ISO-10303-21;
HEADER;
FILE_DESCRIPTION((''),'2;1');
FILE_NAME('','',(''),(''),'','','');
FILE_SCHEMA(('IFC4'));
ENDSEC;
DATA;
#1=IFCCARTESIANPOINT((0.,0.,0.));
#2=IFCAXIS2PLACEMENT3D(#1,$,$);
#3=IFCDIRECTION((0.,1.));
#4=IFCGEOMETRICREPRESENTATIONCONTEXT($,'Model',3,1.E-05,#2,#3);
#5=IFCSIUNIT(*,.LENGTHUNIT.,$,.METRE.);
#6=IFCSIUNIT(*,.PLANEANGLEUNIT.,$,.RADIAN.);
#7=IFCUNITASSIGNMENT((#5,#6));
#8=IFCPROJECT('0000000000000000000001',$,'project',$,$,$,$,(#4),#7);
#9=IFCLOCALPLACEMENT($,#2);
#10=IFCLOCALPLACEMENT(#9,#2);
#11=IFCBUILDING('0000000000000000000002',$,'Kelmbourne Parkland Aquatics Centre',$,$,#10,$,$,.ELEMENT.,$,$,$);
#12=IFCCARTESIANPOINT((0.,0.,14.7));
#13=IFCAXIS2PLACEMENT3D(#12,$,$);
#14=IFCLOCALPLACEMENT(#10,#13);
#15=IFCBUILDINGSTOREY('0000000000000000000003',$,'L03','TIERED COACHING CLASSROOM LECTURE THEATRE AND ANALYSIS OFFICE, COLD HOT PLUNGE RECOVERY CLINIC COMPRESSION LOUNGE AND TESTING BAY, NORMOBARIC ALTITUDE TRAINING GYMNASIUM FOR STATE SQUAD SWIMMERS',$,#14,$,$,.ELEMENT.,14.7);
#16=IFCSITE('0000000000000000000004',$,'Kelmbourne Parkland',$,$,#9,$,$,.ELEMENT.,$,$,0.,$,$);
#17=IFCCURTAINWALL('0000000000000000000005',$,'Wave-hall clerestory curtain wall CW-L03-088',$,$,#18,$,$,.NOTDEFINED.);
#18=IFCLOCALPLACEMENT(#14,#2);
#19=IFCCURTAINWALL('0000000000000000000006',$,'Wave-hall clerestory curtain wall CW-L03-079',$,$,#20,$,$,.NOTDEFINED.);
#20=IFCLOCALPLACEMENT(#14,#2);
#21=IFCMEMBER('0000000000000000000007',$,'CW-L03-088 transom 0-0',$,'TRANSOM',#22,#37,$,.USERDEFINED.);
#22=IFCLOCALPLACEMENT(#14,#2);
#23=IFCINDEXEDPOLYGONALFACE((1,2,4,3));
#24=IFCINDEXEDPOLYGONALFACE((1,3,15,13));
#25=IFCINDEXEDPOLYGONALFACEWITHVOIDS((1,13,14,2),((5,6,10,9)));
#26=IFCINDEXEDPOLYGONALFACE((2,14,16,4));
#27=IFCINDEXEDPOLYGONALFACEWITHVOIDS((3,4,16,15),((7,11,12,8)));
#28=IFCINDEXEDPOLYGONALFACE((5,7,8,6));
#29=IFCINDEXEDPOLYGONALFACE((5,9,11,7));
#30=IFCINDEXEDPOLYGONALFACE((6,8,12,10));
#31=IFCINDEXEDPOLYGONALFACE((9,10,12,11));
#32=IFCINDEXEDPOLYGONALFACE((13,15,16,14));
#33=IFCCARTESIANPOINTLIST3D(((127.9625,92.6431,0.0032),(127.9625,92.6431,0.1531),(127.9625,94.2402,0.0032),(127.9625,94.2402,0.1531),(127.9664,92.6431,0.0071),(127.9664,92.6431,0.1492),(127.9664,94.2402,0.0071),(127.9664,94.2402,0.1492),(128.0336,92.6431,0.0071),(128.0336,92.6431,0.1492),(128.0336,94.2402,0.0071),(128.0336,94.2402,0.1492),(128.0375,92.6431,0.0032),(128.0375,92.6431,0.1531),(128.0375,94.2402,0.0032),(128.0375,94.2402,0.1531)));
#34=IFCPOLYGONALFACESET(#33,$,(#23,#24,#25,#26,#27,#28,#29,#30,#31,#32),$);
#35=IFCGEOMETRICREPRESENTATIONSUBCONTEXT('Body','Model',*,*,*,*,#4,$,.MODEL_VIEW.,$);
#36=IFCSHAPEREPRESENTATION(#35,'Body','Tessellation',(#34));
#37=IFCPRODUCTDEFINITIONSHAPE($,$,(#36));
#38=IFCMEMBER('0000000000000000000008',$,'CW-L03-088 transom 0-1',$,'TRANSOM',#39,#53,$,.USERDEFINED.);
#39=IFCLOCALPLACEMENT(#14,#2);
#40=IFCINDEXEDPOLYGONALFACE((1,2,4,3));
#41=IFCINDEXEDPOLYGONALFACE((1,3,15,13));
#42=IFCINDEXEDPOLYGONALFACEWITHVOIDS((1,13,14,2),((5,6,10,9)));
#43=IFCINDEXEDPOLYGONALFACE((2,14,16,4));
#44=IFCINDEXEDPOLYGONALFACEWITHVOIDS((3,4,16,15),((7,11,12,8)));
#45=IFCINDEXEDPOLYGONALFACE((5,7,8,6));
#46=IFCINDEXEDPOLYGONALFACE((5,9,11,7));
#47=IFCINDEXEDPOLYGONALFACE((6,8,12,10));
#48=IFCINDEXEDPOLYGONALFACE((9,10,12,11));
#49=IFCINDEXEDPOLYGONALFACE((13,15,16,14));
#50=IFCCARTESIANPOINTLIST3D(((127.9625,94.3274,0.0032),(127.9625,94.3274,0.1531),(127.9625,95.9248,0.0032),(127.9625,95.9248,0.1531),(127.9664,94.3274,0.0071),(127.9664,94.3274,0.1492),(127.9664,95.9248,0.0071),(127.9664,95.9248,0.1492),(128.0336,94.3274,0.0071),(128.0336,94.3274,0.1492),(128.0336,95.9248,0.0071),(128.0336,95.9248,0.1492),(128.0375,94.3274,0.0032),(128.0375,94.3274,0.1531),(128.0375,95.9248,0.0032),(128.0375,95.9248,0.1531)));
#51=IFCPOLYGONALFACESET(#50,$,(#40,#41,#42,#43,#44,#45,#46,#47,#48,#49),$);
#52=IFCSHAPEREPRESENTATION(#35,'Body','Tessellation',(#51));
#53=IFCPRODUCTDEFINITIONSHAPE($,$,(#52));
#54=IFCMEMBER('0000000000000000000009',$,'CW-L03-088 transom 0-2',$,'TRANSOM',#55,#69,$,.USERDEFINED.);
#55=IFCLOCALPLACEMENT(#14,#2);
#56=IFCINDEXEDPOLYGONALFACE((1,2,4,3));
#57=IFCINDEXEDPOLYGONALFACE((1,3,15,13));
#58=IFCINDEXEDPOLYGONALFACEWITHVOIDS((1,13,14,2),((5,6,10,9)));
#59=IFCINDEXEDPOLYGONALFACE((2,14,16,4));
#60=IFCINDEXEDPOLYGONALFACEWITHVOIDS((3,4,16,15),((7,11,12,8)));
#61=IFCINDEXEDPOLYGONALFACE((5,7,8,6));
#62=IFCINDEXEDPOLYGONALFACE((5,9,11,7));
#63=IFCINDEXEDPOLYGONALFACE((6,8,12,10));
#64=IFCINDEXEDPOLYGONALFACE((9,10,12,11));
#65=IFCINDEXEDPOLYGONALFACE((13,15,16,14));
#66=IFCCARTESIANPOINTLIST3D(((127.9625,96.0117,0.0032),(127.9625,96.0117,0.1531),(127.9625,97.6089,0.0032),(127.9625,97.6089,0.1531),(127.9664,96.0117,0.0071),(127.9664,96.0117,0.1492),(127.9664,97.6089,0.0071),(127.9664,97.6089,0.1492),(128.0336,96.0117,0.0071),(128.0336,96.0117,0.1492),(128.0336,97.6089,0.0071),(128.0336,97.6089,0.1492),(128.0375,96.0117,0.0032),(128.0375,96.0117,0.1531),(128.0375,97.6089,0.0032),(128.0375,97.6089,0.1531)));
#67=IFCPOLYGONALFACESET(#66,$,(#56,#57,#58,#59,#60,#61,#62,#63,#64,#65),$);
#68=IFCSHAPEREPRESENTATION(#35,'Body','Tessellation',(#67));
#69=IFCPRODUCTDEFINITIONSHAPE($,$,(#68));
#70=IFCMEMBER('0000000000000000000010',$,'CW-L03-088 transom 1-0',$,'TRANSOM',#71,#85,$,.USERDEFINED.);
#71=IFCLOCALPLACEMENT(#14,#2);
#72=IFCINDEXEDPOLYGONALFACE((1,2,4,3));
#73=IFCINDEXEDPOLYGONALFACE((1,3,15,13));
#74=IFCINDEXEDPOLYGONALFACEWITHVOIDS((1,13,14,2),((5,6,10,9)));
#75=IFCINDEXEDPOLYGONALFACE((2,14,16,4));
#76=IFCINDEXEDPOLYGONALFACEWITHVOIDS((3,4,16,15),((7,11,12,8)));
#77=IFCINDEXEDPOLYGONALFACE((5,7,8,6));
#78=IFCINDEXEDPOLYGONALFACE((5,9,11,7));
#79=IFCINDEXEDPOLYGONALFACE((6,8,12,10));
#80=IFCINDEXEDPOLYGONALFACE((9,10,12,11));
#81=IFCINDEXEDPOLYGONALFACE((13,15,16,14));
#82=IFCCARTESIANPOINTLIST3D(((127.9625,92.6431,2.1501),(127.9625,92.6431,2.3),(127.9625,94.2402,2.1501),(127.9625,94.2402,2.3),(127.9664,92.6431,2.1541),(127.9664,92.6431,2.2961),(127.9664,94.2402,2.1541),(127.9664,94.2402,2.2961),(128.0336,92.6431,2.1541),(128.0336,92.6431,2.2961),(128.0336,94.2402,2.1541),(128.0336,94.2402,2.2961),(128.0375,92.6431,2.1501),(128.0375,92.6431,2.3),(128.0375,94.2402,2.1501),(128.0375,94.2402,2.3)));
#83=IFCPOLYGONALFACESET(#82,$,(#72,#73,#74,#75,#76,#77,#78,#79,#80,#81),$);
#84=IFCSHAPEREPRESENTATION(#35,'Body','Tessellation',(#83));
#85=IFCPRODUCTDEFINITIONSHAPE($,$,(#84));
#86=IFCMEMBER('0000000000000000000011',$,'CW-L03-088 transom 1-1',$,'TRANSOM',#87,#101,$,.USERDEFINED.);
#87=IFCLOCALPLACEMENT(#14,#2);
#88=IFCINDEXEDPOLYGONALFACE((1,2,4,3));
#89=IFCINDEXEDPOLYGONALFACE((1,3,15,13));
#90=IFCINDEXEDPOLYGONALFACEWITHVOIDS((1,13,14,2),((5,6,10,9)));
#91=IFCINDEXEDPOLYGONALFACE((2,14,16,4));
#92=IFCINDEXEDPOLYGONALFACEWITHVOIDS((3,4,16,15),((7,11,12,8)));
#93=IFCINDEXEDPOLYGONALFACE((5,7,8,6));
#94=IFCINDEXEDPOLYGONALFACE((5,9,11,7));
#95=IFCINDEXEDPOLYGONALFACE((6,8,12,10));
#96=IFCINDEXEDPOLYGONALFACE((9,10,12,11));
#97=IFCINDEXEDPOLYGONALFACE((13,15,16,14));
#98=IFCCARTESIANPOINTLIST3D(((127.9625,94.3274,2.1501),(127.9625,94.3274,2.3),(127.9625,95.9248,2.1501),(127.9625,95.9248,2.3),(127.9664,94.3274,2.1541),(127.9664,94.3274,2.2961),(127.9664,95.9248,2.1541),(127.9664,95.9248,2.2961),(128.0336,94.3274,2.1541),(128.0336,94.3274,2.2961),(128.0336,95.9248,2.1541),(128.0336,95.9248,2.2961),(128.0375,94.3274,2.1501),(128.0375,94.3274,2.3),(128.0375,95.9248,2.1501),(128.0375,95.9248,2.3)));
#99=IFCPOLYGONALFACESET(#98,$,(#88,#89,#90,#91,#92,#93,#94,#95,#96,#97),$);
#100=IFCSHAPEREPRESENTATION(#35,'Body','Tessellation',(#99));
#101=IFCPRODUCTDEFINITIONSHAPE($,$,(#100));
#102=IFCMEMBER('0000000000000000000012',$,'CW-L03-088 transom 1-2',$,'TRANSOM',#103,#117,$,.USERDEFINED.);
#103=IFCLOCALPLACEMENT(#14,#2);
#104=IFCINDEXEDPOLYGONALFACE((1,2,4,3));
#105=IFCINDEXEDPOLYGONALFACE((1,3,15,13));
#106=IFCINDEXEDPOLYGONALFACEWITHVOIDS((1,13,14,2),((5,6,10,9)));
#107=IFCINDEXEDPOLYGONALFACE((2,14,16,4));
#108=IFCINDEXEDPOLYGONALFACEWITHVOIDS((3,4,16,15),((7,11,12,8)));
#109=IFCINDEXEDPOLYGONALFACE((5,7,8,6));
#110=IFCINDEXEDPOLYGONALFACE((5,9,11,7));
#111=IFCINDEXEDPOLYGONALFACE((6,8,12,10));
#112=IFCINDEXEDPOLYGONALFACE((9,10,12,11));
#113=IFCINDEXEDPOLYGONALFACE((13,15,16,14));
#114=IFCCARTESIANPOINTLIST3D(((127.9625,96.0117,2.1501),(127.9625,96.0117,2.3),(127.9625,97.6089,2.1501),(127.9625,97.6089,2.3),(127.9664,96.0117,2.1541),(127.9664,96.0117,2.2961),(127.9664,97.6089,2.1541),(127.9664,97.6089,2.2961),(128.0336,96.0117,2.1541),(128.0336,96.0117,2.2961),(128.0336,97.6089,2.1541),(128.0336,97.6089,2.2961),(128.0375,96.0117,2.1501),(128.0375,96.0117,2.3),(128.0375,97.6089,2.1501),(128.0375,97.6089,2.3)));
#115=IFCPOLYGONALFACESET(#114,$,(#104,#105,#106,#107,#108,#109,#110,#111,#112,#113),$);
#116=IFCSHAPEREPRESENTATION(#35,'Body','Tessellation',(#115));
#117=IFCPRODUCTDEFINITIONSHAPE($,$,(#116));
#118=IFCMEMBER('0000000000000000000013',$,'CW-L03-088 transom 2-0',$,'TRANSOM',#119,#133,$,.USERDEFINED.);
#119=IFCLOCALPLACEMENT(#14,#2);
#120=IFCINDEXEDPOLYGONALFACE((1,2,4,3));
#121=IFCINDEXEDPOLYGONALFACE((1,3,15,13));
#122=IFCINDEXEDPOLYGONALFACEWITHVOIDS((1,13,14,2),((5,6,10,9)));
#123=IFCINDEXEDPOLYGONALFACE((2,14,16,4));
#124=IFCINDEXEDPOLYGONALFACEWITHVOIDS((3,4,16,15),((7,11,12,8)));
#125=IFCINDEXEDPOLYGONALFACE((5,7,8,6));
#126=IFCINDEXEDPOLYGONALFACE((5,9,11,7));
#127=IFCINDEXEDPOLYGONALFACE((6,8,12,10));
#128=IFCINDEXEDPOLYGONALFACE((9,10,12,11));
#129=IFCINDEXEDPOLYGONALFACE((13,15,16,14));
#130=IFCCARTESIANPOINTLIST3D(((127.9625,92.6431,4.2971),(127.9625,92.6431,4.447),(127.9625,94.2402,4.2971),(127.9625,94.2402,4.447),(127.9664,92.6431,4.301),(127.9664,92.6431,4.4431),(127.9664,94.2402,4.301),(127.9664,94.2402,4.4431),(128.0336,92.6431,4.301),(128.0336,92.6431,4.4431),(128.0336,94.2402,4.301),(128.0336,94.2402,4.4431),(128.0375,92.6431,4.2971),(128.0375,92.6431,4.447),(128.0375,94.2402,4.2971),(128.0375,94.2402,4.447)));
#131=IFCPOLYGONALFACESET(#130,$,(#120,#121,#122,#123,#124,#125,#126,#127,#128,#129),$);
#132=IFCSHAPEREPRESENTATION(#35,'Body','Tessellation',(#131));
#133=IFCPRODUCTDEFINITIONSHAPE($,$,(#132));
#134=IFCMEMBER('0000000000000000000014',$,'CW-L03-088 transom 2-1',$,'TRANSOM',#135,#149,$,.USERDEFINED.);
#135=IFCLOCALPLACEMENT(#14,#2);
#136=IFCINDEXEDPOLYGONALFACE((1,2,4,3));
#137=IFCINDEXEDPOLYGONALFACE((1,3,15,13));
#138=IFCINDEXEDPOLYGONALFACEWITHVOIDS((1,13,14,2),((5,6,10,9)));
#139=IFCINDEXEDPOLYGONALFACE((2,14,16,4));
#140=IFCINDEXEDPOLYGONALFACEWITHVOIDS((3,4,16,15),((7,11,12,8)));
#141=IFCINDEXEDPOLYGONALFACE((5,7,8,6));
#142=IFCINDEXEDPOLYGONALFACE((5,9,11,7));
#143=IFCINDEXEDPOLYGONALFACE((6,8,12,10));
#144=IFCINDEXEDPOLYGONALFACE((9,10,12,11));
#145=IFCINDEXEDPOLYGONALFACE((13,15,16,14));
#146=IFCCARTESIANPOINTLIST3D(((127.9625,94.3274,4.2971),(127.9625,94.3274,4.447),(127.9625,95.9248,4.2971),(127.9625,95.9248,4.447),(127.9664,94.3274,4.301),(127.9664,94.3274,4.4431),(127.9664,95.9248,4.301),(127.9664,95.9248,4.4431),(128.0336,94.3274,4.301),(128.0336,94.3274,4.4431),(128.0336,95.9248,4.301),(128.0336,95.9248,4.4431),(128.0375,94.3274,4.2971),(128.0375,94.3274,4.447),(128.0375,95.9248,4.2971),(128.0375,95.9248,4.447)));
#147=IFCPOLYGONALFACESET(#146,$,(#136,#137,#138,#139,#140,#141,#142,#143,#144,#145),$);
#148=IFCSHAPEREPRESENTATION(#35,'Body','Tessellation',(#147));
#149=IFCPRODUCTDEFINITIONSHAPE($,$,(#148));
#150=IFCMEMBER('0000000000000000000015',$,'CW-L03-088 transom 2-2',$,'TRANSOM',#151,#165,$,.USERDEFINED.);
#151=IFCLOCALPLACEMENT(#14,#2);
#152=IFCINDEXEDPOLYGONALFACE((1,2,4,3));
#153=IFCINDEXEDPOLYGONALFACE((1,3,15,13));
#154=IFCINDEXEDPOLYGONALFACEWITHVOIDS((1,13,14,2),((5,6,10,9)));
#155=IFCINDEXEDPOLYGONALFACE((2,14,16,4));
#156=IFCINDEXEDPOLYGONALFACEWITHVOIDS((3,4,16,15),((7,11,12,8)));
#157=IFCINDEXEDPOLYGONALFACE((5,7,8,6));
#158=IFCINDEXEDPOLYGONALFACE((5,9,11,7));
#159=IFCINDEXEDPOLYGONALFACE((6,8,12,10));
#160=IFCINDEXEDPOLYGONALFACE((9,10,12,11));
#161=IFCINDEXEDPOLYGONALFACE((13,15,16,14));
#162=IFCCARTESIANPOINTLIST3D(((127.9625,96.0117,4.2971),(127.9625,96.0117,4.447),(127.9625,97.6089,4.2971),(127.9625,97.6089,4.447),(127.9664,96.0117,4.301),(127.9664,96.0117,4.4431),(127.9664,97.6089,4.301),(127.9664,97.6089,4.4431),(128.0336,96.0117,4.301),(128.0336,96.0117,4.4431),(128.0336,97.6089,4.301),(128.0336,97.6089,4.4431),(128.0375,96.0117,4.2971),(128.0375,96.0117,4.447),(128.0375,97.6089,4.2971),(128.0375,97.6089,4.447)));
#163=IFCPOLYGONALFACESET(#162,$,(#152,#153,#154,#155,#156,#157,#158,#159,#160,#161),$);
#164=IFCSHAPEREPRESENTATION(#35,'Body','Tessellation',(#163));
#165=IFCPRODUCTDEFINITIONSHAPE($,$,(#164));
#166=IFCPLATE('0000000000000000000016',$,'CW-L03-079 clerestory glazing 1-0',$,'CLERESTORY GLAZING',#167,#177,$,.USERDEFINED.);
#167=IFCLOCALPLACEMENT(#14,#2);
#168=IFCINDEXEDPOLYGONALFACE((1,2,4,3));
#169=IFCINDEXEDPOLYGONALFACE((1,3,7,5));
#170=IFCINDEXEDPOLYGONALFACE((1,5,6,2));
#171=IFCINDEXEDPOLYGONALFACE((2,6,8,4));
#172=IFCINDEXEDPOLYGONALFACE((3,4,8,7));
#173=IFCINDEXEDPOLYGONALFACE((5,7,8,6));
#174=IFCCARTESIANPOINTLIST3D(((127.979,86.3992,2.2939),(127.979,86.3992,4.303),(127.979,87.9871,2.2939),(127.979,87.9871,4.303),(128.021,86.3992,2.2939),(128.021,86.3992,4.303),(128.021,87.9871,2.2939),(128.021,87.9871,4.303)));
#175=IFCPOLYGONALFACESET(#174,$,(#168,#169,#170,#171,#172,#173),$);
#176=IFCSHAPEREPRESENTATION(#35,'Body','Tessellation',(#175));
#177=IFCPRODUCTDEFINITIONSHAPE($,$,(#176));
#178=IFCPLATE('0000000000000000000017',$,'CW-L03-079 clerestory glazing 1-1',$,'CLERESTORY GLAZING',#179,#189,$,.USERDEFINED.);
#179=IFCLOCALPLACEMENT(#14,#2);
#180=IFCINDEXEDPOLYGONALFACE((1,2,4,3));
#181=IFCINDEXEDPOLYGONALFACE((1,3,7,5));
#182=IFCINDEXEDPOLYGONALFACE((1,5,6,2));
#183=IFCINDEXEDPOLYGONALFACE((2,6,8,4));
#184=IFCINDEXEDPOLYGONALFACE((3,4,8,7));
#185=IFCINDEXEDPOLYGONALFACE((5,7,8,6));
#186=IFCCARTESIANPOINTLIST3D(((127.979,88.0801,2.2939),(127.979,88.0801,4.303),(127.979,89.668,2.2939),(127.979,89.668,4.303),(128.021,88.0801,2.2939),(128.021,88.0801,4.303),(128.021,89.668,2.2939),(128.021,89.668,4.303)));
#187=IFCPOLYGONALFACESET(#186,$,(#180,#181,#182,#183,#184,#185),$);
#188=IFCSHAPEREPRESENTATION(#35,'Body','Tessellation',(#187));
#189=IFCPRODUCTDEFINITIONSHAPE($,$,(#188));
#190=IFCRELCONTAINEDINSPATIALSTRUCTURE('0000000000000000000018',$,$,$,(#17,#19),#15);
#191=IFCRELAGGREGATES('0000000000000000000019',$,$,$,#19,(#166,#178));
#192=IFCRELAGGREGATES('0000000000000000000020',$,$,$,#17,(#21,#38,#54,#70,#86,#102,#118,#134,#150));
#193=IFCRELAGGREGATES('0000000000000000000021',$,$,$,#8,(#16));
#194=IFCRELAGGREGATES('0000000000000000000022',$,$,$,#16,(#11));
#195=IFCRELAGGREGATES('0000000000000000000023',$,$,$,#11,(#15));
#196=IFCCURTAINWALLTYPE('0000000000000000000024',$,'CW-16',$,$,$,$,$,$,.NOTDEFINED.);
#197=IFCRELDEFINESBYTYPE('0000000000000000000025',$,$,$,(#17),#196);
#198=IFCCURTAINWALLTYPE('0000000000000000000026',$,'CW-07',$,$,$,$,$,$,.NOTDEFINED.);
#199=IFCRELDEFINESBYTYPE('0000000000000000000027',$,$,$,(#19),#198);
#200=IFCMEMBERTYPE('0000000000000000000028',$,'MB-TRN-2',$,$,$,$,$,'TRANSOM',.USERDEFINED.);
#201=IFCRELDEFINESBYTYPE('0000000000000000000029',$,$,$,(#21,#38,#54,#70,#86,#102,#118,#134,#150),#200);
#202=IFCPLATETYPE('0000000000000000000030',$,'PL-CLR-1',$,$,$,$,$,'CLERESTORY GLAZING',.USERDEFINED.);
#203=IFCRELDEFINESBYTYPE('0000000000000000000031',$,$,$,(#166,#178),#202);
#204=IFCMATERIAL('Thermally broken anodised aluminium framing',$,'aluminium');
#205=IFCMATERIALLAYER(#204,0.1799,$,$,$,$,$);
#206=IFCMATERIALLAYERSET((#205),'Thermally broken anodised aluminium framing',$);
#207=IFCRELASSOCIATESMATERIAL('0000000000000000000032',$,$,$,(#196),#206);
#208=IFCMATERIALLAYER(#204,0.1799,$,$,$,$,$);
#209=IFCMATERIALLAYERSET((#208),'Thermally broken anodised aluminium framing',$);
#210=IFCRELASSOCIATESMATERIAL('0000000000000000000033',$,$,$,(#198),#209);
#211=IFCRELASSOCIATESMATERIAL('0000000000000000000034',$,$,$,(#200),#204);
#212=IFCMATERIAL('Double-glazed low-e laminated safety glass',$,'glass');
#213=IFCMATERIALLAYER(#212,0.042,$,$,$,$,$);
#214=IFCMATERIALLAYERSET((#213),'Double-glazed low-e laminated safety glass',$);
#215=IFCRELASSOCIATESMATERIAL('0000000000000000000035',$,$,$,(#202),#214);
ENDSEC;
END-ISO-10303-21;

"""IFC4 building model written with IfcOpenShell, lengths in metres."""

from ifc_helpers import new_model, si_unit, direction, frame, origin, origin_2d, place, context, subcontext, project, spatial, rectangle, hollow_rectangle, extrude, material, layer, layer_set, material_profile, profile_set, type_object, element, aggregate, save


model = new_model("IFC4")

# Units and contexts
model_context = context("Model", 3, precision=1e-05, world=origin(), true_north=direction((0.0, 1.0)))
body_context = subcontext(model_context, "Body", "Model", "MODEL_VIEW")
ifc_project = project(units=[si_unit("LENGTHUNIT", "METRE"), si_unit("PLANEANGLEUNIT", "RADIAN")], contexts=[model_context])

# Site, building, storey
site_placement = place(None, origin())
site = spatial("IfcSite", under=ifc_project, at=site_placement, Name="Kelmbourne Parkland", CompositionType="ELEMENT", RefElevation=0.0)
building_placement = place(site_placement, origin())
building = spatial("IfcBuilding", under=site, at=building_placement, Name="Kelmbourne Parkland Aquatics Centre", CompositionType="ELEMENT")
storey_placement = place(building_placement, frame((0.0, 0.0, 14.7)))
storey = spatial("IfcBuildingStorey", under=building, at=storey_placement, Name="L03", Description="TIERED COACHING CLASSROOM LECTURE THEATRE AND ANALYSIS OFFICE, COLD HOT PLUNGE RECOVERY CLINIC COMPRESSION LOUNGE AND TESTING BAY, NORMOBARIC ALTITUDE TRAINING GYMNASIUM FOR STATE SQUAD SWIMMERS", CompositionType="ELEMENT", Elevation=14.7)

# Shared definitions
ifc_material_1 = material(Name="Thermally broken anodised aluminium framing", Category="aluminium")

# Curtain walls
ifc_layer_1 = layer(ifc_material_1, 0.1799)
ifc_layer_set_1 = layer_set([ifc_layer_1], Name="Thermally broken anodised aluminium framing")
curtain_wall_type_1 = type_object("IfcCurtainWallType", Name="CW-16", PredefinedType="NOTDEFINED", material=ifc_layer_set_1)
curtain_wall_1_placement = place(storey_placement, origin())
curtain_wall_1 = element("IfcCurtainWall", 1, at=curtain_wall_1_placement, inside=storey, type_object=curtain_wall_type_1, Name="Wave-hall clerestory curtain wall CW-L03-088", PredefinedType="NOTDEFINED")
ifc_layer_2 = layer(ifc_material_1, 0.1799)
ifc_layer_set_2 = layer_set([ifc_layer_2], Name="Thermally broken anodised aluminium framing")
curtain_wall_type_2 = type_object("IfcCurtainWallType", Name="CW-07", PredefinedType="NOTDEFINED", material=ifc_layer_set_2)
curtain_wall_2_placement = place(storey_placement, origin())
curtain_wall_2 = element("IfcCurtainWall", 2, at=curtain_wall_2_placement, inside=storey, type_object=curtain_wall_type_2, Name="Wave-hall clerestory curtain wall CW-L03-079", PredefinedType="NOTDEFINED")
ifc_material_profile_1 = material_profile(ifc_material_1, hollow_rectangle(XDim=0.075, YDim=0.1499, WallThickness=0.0039, at=origin_2d()), Name="CW-T 75x150")
ifc_profile_set_1 = profile_set([ifc_material_profile_1], Name="Thermally broken anodised aluminium framing")
member_type_1 = type_object("IfcMemberType", Name="MB-TRN-2", ElementType="TRANSOM", PredefinedType="USERDEFINED", material=ifc_profile_set_1)

# Members
member_1_placement = place(storey_placement, frame((128.0, 92.6431, 0.0781), z_axis=(0.0, 1.0, 0.0), x_axis=(-1.0, 0.0, 0.0)))
member_1 = element("IfcMember", 3, at=member_1_placement, type_object=member_type_1, Name="CW-L03-088 transom 0-0", ObjectType="TRANSOM", PredefinedType="USERDEFINED", context=body_context, shape_type="SweptSolid", body=[
    extrude(hollow_rectangle(XDim=0.075, YDim=0.1499, WallThickness=0.0039, at=origin_2d()), origin(), (0.0, 0.0, 1.0), 1.5972),
])
member_2_placement = place(storey_placement, frame((128.0, 94.3274, 0.0781), z_axis=(0.0, 1.0, 0.0), x_axis=(-1.0, 0.0, 0.0)))
member_2 = element("IfcMember", 4, at=member_2_placement, type_object=member_type_1, Name="CW-L03-088 transom 0-1", ObjectType="TRANSOM", PredefinedType="USERDEFINED", context=body_context, shape_type="SweptSolid", body=[
    extrude(hollow_rectangle(XDim=0.075, YDim=0.1499, WallThickness=0.0039, at=origin_2d()), origin(), (0.0, 0.0, 1.0), 1.5974),
])
member_3_placement = place(storey_placement, frame((128.0, 96.0117, 0.0781), z_axis=(0.0, 1.0, 0.0), x_axis=(-1.0, 0.0, 0.0)))
member_3 = element("IfcMember", 5, at=member_3_placement, type_object=member_type_1, Name="CW-L03-088 transom 0-2", ObjectType="TRANSOM", PredefinedType="USERDEFINED", context=body_context, shape_type="SweptSolid", body=[
    extrude(hollow_rectangle(XDim=0.075, YDim=0.1499, WallThickness=0.0039, at=origin_2d()), origin(), (0.0, 0.0, 1.0), 1.5972),
])
member_4_placement = place(storey_placement, frame((128.0, 92.6431, 2.2251), z_axis=(0.0, 1.0, 0.0), x_axis=(-1.0, 0.0, 0.0)))
member_4 = element("IfcMember", 6, at=member_4_placement, type_object=member_type_1, Name="CW-L03-088 transom 1-0", ObjectType="TRANSOM", PredefinedType="USERDEFINED", context=body_context, shape_type="SweptSolid", body=[
    extrude(hollow_rectangle(XDim=0.075, YDim=0.1499, WallThickness=0.0039, at=origin_2d()), origin(), (0.0, 0.0, 1.0), 1.5972),
])
member_5_placement = place(storey_placement, frame((128.0, 94.3274, 2.2251), z_axis=(0.0, 1.0, 0.0), x_axis=(-1.0, 0.0, 0.0)))
member_5 = element("IfcMember", 7, at=member_5_placement, type_object=member_type_1, Name="CW-L03-088 transom 1-1", ObjectType="TRANSOM", PredefinedType="USERDEFINED", context=body_context, shape_type="SweptSolid", body=[
    extrude(hollow_rectangle(XDim=0.075, YDim=0.1499, WallThickness=0.0039, at=origin_2d()), origin(), (0.0, 0.0, 1.0), 1.5974),
])
member_6_placement = place(storey_placement, frame((128.0, 96.0117, 2.2251), z_axis=(0.0, 1.0, 0.0), x_axis=(-1.0, 0.0, 0.0)))
member_6 = element("IfcMember", 8, at=member_6_placement, type_object=member_type_1, Name="CW-L03-088 transom 1-2", ObjectType="TRANSOM", PredefinedType="USERDEFINED", context=body_context, shape_type="SweptSolid", body=[
    extrude(hollow_rectangle(XDim=0.075, YDim=0.1499, WallThickness=0.0039, at=origin_2d()), origin(), (0.0, 0.0, 1.0), 1.5972),
])
member_7_placement = place(storey_placement, frame((128.0, 92.6431, 4.3721), z_axis=(0.0, 1.0, 0.0), x_axis=(-1.0, 0.0, 0.0)))
member_7 = element("IfcMember", 9, at=member_7_placement, type_object=member_type_1, Name="CW-L03-088 transom 2-0", ObjectType="TRANSOM", PredefinedType="USERDEFINED", context=body_context, shape_type="SweptSolid", body=[
    extrude(hollow_rectangle(XDim=0.075, YDim=0.1499, WallThickness=0.0039, at=origin_2d()), origin(), (0.0, 0.0, 1.0), 1.5972),
])
member_8_placement = place(storey_placement, frame((128.0, 94.3274, 4.3721), z_axis=(0.0, 1.0, 0.0), x_axis=(-1.0, 0.0, 0.0)))
member_8 = element("IfcMember", 10, at=member_8_placement, type_object=member_type_1, Name="CW-L03-088 transom 2-1", ObjectType="TRANSOM", PredefinedType="USERDEFINED", context=body_context, shape_type="SweptSolid", body=[
    extrude(hollow_rectangle(XDim=0.075, YDim=0.1499, WallThickness=0.0039, at=origin_2d()), origin(), (0.0, 0.0, 1.0), 1.5974),
])
member_9_placement = place(storey_placement, frame((128.0, 96.0117, 4.3721), z_axis=(0.0, 1.0, 0.0), x_axis=(-1.0, 0.0, 0.0)))
member_9 = element("IfcMember", 11, at=member_9_placement, type_object=member_type_1, Name="CW-L03-088 transom 2-2", ObjectType="TRANSOM", PredefinedType="USERDEFINED", context=body_context, shape_type="SweptSolid", body=[
    extrude(hollow_rectangle(XDim=0.075, YDim=0.1499, WallThickness=0.0039, at=origin_2d()), origin(), (0.0, 0.0, 1.0), 1.5972),
])

# Plates
ifc_material_2 = material(Name="Double-glazed low-e laminated safety glass", Category="glass")
ifc_layer_3 = layer(ifc_material_2, 0.042)
ifc_layer_set_3 = layer_set([ifc_layer_3], Name="Double-glazed low-e laminated safety glass")
plate_type_1 = type_object("IfcPlateType", Name="PL-CLR-1", ElementType="CLERESTORY GLAZING", PredefinedType="USERDEFINED", material=ifc_layer_set_3)
plate_1_placement = place(storey_placement, frame((128.0, 87.1931, 2.2939), z_axis=(0.0, 0.0, 1.0), x_axis=(0.0, 1.0, 0.0)))
plate_1 = element("IfcPlate", 12, at=plate_1_placement, type_object=plate_type_1, Name="CW-L03-079 clerestory glazing 1-0", ObjectType="CLERESTORY GLAZING", PredefinedType="USERDEFINED", context=body_context, shape_type="SweptSolid", body=[
    extrude(rectangle(XDim=1.5879, YDim=0.042, at=origin_2d()), origin(), (0.0, 0.0, 1.0), 2.009),
])
plate_2_placement = place(storey_placement, frame((128.0, 88.874, 2.2939), z_axis=(0.0, 0.0, 1.0), x_axis=(0.0, 1.0, 0.0)))
plate_2 = element("IfcPlate", 13, at=plate_2_placement, type_object=plate_type_1, Name="CW-L03-079 clerestory glazing 1-1", ObjectType="CLERESTORY GLAZING", PredefinedType="USERDEFINED", context=body_context, shape_type="SweptSolid", body=[
    extrude(rectangle(XDim=1.5879, YDim=0.042, at=origin_2d()), origin(), (0.0, 0.0, 1.0), 2.009),
])
aggregate(curtain_wall_2, [plate_1, plate_2])
aggregate(curtain_wall_1, [member_1, member_2, member_3, member_4, member_5, member_6, member_7, member_8, member_9])

save(model, "model.ifc")
